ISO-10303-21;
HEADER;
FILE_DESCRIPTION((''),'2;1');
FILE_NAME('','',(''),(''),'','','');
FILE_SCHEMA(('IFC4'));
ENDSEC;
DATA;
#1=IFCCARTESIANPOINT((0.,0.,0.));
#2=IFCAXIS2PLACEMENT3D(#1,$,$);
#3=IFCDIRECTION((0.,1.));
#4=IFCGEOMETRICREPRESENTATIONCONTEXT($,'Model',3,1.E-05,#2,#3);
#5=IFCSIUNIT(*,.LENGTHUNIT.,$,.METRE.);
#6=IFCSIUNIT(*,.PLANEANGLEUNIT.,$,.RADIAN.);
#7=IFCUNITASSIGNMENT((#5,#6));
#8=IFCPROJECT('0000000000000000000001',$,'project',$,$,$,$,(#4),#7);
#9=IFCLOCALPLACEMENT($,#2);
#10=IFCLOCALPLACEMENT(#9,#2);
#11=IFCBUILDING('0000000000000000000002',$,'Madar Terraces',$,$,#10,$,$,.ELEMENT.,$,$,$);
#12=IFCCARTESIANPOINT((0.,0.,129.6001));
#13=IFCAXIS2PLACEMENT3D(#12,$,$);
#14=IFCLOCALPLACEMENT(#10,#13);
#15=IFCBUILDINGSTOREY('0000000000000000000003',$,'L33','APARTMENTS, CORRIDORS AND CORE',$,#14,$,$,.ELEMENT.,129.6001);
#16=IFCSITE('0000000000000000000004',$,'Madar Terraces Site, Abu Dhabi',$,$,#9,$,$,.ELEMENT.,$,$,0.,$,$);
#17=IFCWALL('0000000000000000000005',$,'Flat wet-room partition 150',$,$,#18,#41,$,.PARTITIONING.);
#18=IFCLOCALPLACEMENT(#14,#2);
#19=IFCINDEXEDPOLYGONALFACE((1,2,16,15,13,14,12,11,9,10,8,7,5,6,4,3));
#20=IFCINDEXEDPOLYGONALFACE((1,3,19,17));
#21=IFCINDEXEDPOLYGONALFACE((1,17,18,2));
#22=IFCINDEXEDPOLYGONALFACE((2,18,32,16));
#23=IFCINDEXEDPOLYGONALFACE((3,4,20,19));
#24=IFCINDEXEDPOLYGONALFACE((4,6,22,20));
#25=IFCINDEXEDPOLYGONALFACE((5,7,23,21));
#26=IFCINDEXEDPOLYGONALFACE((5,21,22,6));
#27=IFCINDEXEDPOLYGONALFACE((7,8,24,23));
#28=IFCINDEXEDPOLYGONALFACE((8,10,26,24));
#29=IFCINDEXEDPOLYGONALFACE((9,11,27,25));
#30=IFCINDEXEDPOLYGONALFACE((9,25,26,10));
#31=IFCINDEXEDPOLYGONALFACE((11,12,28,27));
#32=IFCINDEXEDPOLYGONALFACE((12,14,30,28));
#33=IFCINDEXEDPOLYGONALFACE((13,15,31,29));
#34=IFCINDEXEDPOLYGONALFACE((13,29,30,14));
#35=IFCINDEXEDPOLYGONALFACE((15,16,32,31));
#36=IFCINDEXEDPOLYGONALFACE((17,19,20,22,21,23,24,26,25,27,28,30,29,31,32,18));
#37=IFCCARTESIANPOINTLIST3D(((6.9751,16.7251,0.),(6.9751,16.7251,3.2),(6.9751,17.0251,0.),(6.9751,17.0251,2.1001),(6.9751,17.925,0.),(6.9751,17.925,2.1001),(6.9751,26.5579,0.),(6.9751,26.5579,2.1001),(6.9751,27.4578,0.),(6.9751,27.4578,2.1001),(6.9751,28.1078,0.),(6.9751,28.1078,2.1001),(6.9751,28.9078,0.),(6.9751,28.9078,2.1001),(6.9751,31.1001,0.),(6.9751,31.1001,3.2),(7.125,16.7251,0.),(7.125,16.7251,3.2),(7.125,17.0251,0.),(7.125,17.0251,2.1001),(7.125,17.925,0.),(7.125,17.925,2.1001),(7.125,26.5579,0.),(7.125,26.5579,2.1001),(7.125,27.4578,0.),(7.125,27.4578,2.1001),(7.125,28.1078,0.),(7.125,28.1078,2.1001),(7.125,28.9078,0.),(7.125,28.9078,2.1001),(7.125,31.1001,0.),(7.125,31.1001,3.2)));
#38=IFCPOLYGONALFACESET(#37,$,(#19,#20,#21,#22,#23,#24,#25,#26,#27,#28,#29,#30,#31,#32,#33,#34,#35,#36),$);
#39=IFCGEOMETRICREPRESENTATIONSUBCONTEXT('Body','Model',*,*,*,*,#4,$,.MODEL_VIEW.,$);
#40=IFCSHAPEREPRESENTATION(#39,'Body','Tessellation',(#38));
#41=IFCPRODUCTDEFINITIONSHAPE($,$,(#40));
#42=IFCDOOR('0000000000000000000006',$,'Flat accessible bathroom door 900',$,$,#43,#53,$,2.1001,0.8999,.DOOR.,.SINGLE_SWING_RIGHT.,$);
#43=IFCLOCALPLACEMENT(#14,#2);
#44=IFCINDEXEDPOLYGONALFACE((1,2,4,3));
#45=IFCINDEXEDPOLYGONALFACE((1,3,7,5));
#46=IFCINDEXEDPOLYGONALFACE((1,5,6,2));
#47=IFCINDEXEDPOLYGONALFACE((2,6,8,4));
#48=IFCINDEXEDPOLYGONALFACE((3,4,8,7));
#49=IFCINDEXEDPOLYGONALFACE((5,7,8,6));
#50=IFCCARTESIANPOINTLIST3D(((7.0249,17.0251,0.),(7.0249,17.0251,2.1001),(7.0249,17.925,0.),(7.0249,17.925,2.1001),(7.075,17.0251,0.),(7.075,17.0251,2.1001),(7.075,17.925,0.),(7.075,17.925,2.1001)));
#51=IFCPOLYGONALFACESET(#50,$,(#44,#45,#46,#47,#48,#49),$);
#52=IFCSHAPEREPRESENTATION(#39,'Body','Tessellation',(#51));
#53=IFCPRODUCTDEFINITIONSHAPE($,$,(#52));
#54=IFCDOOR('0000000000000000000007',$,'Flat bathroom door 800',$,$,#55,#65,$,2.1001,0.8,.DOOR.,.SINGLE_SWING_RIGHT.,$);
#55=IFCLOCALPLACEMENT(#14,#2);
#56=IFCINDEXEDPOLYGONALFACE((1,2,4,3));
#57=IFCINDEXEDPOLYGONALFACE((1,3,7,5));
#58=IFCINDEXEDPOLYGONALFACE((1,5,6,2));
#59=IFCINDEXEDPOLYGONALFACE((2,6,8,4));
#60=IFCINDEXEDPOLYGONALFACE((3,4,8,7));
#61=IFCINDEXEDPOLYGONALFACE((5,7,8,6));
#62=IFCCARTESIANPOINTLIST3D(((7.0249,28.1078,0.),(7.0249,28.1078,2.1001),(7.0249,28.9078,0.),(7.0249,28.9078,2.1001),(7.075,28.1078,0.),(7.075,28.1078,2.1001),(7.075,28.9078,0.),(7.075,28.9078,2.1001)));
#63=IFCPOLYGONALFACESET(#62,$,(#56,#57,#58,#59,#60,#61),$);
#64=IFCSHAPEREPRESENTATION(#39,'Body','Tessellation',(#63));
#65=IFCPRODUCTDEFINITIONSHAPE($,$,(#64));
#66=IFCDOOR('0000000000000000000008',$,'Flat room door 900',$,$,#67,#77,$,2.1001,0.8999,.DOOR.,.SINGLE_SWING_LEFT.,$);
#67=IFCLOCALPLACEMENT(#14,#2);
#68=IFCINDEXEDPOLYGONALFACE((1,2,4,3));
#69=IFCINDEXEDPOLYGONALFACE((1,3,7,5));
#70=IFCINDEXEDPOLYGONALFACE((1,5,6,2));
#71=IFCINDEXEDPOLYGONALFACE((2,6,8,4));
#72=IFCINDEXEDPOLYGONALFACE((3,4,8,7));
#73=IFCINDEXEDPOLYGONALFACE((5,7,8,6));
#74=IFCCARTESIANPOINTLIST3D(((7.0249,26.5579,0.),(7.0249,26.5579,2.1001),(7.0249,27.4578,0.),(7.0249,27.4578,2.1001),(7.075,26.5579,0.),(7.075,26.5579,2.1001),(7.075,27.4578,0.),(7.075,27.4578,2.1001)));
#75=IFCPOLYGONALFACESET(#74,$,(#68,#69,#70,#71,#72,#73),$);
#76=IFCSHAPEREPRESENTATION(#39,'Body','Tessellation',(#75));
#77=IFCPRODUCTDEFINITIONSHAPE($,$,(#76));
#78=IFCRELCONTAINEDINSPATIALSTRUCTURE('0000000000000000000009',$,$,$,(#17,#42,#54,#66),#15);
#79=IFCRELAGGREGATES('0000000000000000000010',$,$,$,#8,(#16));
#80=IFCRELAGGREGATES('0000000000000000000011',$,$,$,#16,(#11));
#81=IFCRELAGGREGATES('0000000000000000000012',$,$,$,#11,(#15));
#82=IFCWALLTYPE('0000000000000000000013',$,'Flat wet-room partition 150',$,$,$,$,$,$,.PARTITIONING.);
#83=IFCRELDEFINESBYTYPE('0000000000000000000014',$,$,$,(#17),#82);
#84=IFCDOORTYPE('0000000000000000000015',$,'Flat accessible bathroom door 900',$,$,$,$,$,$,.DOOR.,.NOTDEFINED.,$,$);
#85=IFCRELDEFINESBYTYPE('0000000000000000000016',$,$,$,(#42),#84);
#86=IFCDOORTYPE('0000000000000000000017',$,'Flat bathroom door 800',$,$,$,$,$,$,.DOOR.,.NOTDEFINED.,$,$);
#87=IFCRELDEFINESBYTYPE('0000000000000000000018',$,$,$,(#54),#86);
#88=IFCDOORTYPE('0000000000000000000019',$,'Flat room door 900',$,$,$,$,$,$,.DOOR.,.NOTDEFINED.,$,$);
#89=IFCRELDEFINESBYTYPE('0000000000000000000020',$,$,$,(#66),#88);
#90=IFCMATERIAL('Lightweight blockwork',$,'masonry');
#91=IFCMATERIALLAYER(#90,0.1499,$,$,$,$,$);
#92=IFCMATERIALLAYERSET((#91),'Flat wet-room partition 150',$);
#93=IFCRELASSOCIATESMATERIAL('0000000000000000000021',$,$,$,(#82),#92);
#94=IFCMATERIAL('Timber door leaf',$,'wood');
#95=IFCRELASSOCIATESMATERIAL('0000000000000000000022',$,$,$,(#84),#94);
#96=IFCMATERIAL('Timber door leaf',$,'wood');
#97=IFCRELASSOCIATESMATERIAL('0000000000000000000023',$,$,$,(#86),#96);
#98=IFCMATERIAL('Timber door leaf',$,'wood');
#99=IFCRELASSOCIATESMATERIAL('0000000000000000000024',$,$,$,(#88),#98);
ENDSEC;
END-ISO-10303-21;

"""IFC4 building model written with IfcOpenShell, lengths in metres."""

from ifc_helpers import new_model, si_unit, direction, frame, frame_2d, origin, place, context, subcontext, project, spatial, rectangle, extrude, material, layer, layer_set, type_object, element, fill, save


model = new_model("IFC4")

# Units and contexts
model_context = context("Model", 3, precision=1e-05, world=origin(), true_north=direction((0.0, 1.0)))
body_context = subcontext(model_context, "Body", "Model", "MODEL_VIEW")
ifc_project = project(units=[si_unit("LENGTHUNIT", "METRE"), si_unit("PLANEANGLEUNIT", "RADIAN")], contexts=[model_context])

# Site, building, storey
site_placement = place(None, origin())
site = spatial("IfcSite", under=ifc_project, at=site_placement, Name="Madar Terraces Site, Abu Dhabi", CompositionType="ELEMENT", RefElevation=0.0)
building_placement = place(site_placement, origin())
building = spatial("IfcBuilding", under=site, at=building_placement, Name="Madar Terraces", CompositionType="ELEMENT")
storey_placement = place(building_placement, frame((0.0, 0.0, 129.6001)))
storey = spatial("IfcBuildingStorey", under=building, at=storey_placement, Name="L33", Description="APARTMENTS, CORRIDORS AND CORE", CompositionType="ELEMENT", Elevation=129.6001)

# Wall, openings, doors
ifc_material_1 = material(Name="Lightweight blockwork", Category="masonry")
ifc_layer_1 = layer(ifc_material_1, 0.1499)
ifc_layer_set_1 = layer_set([ifc_layer_1], Name="Flat wet-room partition 150")
wall_type_1 = type_object("IfcWallType", Name="Flat wet-room partition 150", PredefinedType="PARTITIONING", material=ifc_layer_set_1)
wall_1_placement = place(storey_placement, frame((7.05, 31.1001, 0.0), z_axis=(0.0, 0.0, 1.0), x_axis=(0.0, -1.0, 0.0)))
wall_1 = element("IfcWall", 1, at=wall_1_placement, inside=storey, type_object=wall_type_1, Name="Flat wet-room partition 150", PredefinedType="PARTITIONING", context=body_context, shape_type="SweptSolid", body=[
    extrude(rectangle(XDim=14.375, YDim=0.1499, at=frame_2d((7.1875, 0.0))), origin(), (0.0, 0.0, 1.0), 3.2),
])
opening_1_placement = place(wall_1_placement, frame((13.175, 0.0, 0.0)))
opening_1 = element("IfcOpeningElement", 2, at=opening_1_placement, cuts=wall_1, PredefinedType="OPENING", context=body_context, shape_type="SweptSolid", body=[
    extrude(rectangle(XDim=0.8999, YDim=2.1001, at=frame_2d((0.45, 1.05))), frame((0.0, 0.085, 0.0), z_axis=(0.0, -1.0, 0.0), x_axis=(1.0, 0.0, 0.0)), (0.0, 0.0, 1.0), 0.1699),
])
opening_2_placement = place(wall_1_placement, frame((3.6423, 0.0, 0.0)))
opening_2 = element("IfcOpeningElement", 3, at=opening_2_placement, cuts=wall_1, PredefinedType="OPENING", context=body_context, shape_type="SweptSolid", body=[
    extrude(rectangle(XDim=0.8999, YDim=2.1001, at=frame_2d((0.45, 1.05))), frame((0.0, 0.085, 0.0), z_axis=(0.0, -1.0, 0.0), x_axis=(1.0, 0.0, 0.0)), (0.0, 0.0, 1.0), 0.1699),
])
opening_3_placement = place(wall_1_placement, frame((2.1924, 0.0, 0.0)))
opening_3 = element("IfcOpeningElement", 4, at=opening_3_placement, cuts=wall_1, PredefinedType="OPENING", context=body_context, shape_type="SweptSolid", body=[
    extrude(rectangle(XDim=0.8, YDim=2.1001, at=frame_2d((0.3999, 1.05))), frame((0.0, 0.085, 0.0), z_axis=(0.0, -1.0, 0.0), x_axis=(1.0, 0.0, 0.0)), (0.0, 0.0, 1.0), 0.1699),
])
ifc_material_2 = material(Name="Timber door leaf", Category="wood")
door_type_1 = type_object("IfcDoorType", Name="Flat accessible bathroom door 900", OperationType="NOTDEFINED", PredefinedType="DOOR", material=ifc_material_2)
door_1_placement = place(opening_1_placement, origin())
door_1 = element("IfcDoor", 5, at=door_1_placement, inside=storey, type_object=door_type_1, Name="Flat accessible bathroom door 900", OperationType="SINGLE_SWING_RIGHT", OverallHeight=2.1001, OverallWidth=0.8999, PredefinedType="DOOR", context=body_context, shape_type="SweptSolid", body=[
    extrude(rectangle(XDim=0.8999, YDim=2.1001, at=frame_2d((0.45, 1.05))), frame((0.0, 0.0249, 0.0), z_axis=(0.0, -1.0, 0.0), x_axis=(1.0, 0.0, 0.0)), (0.0, 0.0, 1.0), 0.05),
])
fill(opening_1, door_1)
ifc_material_3 = material(Name="Timber door leaf", Category="wood")
door_type_2 = type_object("IfcDoorType", Name="Flat bathroom door 800", OperationType="NOTDEFINED", PredefinedType="DOOR", material=ifc_material_3)
door_2_placement = place(opening_3_placement, origin())
door_2 = element("IfcDoor", 6, at=door_2_placement, inside=storey, type_object=door_type_2, Name="Flat bathroom door 800", OperationType="SINGLE_SWING_RIGHT", OverallHeight=2.1001, OverallWidth=0.8, PredefinedType="DOOR", context=body_context, shape_type="SweptSolid", body=[
    extrude(rectangle(XDim=0.8, YDim=2.1001, at=frame_2d((0.3999, 1.05))), frame((0.0, 0.0249, 0.0), z_axis=(0.0, -1.0, 0.0), x_axis=(1.0, 0.0, 0.0)), (0.0, 0.0, 1.0), 0.05),
])
fill(opening_3, door_2)
ifc_material_4 = material(Name="Timber door leaf", Category="wood")
door_type_3 = type_object("IfcDoorType", Name="Flat room door 900", OperationType="NOTDEFINED", PredefinedType="DOOR", material=ifc_material_4)
door_3_placement = place(opening_2_placement, origin())
door_3 = element("IfcDoor", 7, at=door_3_placement, inside=storey, type_object=door_type_3, Name="Flat room door 900", OperationType="SINGLE_SWING_LEFT", OverallHeight=2.1001, OverallWidth=0.8999, PredefinedType="DOOR", context=body_context, shape_type="SweptSolid", body=[
    extrude(rectangle(XDim=0.8999, YDim=2.1001, at=frame_2d((0.45, 1.05))), frame((0.0, 0.0249, 0.0), z_axis=(0.0, -1.0, 0.0), x_axis=(1.0, 0.0, 0.0)), (0.0, 0.0, 1.0), 0.05),
])
fill(opening_2, door_3)

save(model, "model.ifc")
